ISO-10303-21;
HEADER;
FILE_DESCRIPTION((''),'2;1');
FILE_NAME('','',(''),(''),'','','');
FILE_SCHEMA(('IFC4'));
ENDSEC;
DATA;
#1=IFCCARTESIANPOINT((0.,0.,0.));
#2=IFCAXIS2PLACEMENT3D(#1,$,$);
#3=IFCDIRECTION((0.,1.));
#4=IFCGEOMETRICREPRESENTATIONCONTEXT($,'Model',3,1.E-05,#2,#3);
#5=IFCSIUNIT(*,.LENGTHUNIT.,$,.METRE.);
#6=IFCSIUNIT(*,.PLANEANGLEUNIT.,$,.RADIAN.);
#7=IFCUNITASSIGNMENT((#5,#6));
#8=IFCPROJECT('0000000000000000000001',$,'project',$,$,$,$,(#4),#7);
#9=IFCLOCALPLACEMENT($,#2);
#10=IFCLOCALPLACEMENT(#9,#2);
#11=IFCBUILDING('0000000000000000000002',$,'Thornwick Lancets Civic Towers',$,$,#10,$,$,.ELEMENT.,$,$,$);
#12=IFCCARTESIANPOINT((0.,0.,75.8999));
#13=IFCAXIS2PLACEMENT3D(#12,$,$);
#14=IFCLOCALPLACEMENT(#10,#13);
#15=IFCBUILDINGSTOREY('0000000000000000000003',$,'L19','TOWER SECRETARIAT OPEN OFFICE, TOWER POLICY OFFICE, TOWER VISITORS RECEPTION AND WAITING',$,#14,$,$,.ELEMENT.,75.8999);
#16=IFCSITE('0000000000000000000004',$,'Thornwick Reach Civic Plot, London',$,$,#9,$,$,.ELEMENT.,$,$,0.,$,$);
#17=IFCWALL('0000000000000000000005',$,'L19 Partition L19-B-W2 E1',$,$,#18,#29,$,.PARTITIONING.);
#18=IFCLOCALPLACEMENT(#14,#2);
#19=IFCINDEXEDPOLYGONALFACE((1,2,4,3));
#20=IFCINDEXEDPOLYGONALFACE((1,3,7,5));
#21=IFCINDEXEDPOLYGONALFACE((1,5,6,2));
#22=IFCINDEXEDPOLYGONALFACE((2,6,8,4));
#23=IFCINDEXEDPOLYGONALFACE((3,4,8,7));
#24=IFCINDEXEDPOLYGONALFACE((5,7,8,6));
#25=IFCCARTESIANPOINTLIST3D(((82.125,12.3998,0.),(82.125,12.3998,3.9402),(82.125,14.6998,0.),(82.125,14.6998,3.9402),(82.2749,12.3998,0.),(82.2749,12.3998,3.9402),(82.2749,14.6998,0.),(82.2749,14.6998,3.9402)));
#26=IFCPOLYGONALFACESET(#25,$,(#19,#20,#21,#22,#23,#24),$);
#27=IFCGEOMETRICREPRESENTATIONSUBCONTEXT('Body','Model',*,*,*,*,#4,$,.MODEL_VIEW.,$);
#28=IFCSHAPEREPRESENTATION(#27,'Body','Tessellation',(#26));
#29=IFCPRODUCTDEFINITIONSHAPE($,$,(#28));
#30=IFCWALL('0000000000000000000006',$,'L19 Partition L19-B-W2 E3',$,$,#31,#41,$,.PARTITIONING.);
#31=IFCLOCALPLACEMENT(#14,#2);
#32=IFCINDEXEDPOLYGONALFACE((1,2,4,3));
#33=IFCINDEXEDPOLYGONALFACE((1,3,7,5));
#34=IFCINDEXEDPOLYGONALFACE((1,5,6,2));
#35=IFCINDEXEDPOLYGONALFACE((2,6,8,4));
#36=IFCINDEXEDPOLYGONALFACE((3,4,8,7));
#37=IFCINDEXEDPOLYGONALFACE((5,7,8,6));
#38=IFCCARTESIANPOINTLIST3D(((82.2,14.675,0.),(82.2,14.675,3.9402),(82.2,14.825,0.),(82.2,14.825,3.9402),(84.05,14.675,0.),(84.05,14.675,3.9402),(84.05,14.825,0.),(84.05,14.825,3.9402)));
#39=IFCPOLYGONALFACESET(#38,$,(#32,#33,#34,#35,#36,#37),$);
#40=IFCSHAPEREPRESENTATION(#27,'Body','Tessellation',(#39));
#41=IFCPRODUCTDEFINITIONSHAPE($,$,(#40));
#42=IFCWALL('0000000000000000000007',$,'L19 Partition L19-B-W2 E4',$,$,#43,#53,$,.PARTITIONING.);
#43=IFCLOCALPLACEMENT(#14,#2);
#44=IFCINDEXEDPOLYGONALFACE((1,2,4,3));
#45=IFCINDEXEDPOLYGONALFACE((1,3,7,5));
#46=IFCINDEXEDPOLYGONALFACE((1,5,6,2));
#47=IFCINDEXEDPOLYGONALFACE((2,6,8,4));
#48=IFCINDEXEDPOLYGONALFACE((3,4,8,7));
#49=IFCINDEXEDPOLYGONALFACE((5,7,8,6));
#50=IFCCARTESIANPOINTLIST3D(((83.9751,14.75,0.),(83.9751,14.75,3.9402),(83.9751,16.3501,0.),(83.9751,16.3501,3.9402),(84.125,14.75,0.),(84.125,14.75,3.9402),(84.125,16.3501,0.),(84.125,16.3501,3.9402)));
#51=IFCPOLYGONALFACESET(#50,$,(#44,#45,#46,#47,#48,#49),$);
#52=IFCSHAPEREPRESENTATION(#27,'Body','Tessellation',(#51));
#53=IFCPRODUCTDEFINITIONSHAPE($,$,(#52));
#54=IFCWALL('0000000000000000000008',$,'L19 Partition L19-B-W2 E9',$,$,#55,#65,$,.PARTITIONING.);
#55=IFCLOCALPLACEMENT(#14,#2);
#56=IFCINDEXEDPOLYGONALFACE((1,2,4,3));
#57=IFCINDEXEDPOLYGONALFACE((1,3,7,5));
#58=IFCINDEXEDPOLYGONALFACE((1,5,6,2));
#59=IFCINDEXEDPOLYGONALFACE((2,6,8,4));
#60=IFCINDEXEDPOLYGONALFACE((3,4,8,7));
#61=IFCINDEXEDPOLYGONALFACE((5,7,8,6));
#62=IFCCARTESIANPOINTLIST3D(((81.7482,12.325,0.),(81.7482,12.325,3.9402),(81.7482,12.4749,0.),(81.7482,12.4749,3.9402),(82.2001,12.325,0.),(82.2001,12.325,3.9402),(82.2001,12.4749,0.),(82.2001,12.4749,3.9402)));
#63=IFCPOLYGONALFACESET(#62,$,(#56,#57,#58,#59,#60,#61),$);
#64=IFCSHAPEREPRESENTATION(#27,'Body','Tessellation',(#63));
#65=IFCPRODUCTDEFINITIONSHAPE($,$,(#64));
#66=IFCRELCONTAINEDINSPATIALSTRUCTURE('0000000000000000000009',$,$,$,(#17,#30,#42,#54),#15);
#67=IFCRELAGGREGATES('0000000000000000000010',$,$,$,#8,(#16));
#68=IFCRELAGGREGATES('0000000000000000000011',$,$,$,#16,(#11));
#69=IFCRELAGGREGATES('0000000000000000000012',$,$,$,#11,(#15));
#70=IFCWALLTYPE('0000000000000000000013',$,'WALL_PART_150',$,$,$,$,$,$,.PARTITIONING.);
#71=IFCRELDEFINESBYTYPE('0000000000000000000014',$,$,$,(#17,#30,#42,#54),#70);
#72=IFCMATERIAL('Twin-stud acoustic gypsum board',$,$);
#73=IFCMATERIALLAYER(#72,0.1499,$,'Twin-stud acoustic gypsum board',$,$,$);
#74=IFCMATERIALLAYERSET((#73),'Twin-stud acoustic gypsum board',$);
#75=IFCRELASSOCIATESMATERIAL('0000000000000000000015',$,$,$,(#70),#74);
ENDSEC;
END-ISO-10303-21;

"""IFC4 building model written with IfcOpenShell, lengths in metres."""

from ifc_helpers import new_model, si_unit, direction, frame, frame_2d, origin, place, context, subcontext, project, spatial, rectangle, extrude, material, layer, layer_set, type_object, element, save


model = new_model("IFC4")

# Units and contexts
model_context = context("Model", 3, precision=1e-05, world=origin(), true_north=direction((0.0, 1.0)))
body_context = subcontext(model_context, "Body", "Model", "MODEL_VIEW")
ifc_project = project(units=[si_unit("LENGTHUNIT", "METRE"), si_unit("PLANEANGLEUNIT", "RADIAN")], contexts=[model_context])

# Site, building, storey
site_placement = place(None, origin())
site = spatial("IfcSite", under=ifc_project, at=site_placement, Name="Thornwick Reach Civic Plot, London", CompositionType="ELEMENT", RefElevation=0.0)
building_placement = place(site_placement, origin())
building = spatial("IfcBuilding", under=site, at=building_placement, Name="Thornwick Lancets Civic Towers", CompositionType="ELEMENT")
storey_placement = place(building_placement, frame((0.0, 0.0, 75.8999)))
storey = spatial("IfcBuildingStorey", under=building, at=storey_placement, Name="L19", Description="TOWER SECRETARIAT OPEN OFFICE, TOWER POLICY OFFICE, TOWER VISITORS RECEPTION AND WAITING", CompositionType="ELEMENT", Elevation=75.8999)

# Walls
ifc_material_1 = material(Name="Twin-stud acoustic gypsum board")
ifc_layer_1 = layer(ifc_material_1, 0.1499, Name="Twin-stud acoustic gypsum board")
ifc_layer_set_1 = layer_set([ifc_layer_1], Name="Twin-stud acoustic gypsum board")
wall_type_1 = type_object("IfcWallType", Name="WALL_PART_150", PredefinedType="PARTITIONING", material=ifc_layer_set_1)
wall_1_placement = place(storey_placement, frame((82.2, 12.3999, 0.0), z_axis=(0.0, 0.0, 1.0), x_axis=(0.0, 1.0, 0.0)))
element("IfcWall", 1, at=wall_1_placement, inside=storey, type_object=wall_type_1, Name="L19 Partition L19-B-W2 E1", PredefinedType="PARTITIONING", context=body_context, shape_type="SweptSolid", body=[
    extrude(rectangle(XDim=2.3, YDim=0.1499, at=frame_2d((1.1499, 0.0))), origin(), (0.0, 0.0, 1.0), 3.9402),
])
wall_2_placement = place(storey_placement, frame((82.2, 14.75, 0.0), z_axis=(0.0, 0.0, 1.0), x_axis=(1.0, 0.0, 0.0)))
element("IfcWall", 2, at=wall_2_placement, inside=storey, type_object=wall_type_1, Name="L19 Partition L19-B-W2 E3", PredefinedType="PARTITIONING", context=body_context, shape_type="SweptSolid", body=[
    extrude(rectangle(XDim=1.8501, YDim=0.1499, at=frame_2d((0.925, 0.0))), origin(), (0.0, 0.0, 1.0), 3.9402),
])
wall_3_placement = place(storey_placement, frame((84.05, 14.75, 0.0), z_axis=(0.0, 0.0, 1.0), x_axis=(0.0, 1.0, 0.0)))
element("IfcWall", 3, at=wall_3_placement, inside=storey, type_object=wall_type_1, Name="L19 Partition L19-B-W2 E4", PredefinedType="PARTITIONING", context=body_context, shape_type="SweptSolid", body=[
    extrude(rectangle(XDim=1.6001, YDim=0.1499, at=frame_2d((0.8, 0.0))), origin(), (0.0, 0.0, 1.0), 3.9402),
])

# Wall
wall_4_placement = place(storey_placement, frame((81.748, 12.3999, 0.0), z_axis=(0.0, 0.0, 1.0), x_axis=(1.0, 0.0, 0.0)))
element("IfcWall", 4, at=wall_4_placement, inside=storey, type_object=wall_type_1, Name="L19 Partition L19-B-W2 E9", PredefinedType="PARTITIONING", context=body_context, shape_type="SweptSolid", body=[
    extrude(rectangle(XDim=0.4519, YDim=0.1499, at=frame_2d((0.2261, 0.0))), origin(), (0.0, 0.0, 1.0), 3.9402),
])

save(model, "model.ifc")
